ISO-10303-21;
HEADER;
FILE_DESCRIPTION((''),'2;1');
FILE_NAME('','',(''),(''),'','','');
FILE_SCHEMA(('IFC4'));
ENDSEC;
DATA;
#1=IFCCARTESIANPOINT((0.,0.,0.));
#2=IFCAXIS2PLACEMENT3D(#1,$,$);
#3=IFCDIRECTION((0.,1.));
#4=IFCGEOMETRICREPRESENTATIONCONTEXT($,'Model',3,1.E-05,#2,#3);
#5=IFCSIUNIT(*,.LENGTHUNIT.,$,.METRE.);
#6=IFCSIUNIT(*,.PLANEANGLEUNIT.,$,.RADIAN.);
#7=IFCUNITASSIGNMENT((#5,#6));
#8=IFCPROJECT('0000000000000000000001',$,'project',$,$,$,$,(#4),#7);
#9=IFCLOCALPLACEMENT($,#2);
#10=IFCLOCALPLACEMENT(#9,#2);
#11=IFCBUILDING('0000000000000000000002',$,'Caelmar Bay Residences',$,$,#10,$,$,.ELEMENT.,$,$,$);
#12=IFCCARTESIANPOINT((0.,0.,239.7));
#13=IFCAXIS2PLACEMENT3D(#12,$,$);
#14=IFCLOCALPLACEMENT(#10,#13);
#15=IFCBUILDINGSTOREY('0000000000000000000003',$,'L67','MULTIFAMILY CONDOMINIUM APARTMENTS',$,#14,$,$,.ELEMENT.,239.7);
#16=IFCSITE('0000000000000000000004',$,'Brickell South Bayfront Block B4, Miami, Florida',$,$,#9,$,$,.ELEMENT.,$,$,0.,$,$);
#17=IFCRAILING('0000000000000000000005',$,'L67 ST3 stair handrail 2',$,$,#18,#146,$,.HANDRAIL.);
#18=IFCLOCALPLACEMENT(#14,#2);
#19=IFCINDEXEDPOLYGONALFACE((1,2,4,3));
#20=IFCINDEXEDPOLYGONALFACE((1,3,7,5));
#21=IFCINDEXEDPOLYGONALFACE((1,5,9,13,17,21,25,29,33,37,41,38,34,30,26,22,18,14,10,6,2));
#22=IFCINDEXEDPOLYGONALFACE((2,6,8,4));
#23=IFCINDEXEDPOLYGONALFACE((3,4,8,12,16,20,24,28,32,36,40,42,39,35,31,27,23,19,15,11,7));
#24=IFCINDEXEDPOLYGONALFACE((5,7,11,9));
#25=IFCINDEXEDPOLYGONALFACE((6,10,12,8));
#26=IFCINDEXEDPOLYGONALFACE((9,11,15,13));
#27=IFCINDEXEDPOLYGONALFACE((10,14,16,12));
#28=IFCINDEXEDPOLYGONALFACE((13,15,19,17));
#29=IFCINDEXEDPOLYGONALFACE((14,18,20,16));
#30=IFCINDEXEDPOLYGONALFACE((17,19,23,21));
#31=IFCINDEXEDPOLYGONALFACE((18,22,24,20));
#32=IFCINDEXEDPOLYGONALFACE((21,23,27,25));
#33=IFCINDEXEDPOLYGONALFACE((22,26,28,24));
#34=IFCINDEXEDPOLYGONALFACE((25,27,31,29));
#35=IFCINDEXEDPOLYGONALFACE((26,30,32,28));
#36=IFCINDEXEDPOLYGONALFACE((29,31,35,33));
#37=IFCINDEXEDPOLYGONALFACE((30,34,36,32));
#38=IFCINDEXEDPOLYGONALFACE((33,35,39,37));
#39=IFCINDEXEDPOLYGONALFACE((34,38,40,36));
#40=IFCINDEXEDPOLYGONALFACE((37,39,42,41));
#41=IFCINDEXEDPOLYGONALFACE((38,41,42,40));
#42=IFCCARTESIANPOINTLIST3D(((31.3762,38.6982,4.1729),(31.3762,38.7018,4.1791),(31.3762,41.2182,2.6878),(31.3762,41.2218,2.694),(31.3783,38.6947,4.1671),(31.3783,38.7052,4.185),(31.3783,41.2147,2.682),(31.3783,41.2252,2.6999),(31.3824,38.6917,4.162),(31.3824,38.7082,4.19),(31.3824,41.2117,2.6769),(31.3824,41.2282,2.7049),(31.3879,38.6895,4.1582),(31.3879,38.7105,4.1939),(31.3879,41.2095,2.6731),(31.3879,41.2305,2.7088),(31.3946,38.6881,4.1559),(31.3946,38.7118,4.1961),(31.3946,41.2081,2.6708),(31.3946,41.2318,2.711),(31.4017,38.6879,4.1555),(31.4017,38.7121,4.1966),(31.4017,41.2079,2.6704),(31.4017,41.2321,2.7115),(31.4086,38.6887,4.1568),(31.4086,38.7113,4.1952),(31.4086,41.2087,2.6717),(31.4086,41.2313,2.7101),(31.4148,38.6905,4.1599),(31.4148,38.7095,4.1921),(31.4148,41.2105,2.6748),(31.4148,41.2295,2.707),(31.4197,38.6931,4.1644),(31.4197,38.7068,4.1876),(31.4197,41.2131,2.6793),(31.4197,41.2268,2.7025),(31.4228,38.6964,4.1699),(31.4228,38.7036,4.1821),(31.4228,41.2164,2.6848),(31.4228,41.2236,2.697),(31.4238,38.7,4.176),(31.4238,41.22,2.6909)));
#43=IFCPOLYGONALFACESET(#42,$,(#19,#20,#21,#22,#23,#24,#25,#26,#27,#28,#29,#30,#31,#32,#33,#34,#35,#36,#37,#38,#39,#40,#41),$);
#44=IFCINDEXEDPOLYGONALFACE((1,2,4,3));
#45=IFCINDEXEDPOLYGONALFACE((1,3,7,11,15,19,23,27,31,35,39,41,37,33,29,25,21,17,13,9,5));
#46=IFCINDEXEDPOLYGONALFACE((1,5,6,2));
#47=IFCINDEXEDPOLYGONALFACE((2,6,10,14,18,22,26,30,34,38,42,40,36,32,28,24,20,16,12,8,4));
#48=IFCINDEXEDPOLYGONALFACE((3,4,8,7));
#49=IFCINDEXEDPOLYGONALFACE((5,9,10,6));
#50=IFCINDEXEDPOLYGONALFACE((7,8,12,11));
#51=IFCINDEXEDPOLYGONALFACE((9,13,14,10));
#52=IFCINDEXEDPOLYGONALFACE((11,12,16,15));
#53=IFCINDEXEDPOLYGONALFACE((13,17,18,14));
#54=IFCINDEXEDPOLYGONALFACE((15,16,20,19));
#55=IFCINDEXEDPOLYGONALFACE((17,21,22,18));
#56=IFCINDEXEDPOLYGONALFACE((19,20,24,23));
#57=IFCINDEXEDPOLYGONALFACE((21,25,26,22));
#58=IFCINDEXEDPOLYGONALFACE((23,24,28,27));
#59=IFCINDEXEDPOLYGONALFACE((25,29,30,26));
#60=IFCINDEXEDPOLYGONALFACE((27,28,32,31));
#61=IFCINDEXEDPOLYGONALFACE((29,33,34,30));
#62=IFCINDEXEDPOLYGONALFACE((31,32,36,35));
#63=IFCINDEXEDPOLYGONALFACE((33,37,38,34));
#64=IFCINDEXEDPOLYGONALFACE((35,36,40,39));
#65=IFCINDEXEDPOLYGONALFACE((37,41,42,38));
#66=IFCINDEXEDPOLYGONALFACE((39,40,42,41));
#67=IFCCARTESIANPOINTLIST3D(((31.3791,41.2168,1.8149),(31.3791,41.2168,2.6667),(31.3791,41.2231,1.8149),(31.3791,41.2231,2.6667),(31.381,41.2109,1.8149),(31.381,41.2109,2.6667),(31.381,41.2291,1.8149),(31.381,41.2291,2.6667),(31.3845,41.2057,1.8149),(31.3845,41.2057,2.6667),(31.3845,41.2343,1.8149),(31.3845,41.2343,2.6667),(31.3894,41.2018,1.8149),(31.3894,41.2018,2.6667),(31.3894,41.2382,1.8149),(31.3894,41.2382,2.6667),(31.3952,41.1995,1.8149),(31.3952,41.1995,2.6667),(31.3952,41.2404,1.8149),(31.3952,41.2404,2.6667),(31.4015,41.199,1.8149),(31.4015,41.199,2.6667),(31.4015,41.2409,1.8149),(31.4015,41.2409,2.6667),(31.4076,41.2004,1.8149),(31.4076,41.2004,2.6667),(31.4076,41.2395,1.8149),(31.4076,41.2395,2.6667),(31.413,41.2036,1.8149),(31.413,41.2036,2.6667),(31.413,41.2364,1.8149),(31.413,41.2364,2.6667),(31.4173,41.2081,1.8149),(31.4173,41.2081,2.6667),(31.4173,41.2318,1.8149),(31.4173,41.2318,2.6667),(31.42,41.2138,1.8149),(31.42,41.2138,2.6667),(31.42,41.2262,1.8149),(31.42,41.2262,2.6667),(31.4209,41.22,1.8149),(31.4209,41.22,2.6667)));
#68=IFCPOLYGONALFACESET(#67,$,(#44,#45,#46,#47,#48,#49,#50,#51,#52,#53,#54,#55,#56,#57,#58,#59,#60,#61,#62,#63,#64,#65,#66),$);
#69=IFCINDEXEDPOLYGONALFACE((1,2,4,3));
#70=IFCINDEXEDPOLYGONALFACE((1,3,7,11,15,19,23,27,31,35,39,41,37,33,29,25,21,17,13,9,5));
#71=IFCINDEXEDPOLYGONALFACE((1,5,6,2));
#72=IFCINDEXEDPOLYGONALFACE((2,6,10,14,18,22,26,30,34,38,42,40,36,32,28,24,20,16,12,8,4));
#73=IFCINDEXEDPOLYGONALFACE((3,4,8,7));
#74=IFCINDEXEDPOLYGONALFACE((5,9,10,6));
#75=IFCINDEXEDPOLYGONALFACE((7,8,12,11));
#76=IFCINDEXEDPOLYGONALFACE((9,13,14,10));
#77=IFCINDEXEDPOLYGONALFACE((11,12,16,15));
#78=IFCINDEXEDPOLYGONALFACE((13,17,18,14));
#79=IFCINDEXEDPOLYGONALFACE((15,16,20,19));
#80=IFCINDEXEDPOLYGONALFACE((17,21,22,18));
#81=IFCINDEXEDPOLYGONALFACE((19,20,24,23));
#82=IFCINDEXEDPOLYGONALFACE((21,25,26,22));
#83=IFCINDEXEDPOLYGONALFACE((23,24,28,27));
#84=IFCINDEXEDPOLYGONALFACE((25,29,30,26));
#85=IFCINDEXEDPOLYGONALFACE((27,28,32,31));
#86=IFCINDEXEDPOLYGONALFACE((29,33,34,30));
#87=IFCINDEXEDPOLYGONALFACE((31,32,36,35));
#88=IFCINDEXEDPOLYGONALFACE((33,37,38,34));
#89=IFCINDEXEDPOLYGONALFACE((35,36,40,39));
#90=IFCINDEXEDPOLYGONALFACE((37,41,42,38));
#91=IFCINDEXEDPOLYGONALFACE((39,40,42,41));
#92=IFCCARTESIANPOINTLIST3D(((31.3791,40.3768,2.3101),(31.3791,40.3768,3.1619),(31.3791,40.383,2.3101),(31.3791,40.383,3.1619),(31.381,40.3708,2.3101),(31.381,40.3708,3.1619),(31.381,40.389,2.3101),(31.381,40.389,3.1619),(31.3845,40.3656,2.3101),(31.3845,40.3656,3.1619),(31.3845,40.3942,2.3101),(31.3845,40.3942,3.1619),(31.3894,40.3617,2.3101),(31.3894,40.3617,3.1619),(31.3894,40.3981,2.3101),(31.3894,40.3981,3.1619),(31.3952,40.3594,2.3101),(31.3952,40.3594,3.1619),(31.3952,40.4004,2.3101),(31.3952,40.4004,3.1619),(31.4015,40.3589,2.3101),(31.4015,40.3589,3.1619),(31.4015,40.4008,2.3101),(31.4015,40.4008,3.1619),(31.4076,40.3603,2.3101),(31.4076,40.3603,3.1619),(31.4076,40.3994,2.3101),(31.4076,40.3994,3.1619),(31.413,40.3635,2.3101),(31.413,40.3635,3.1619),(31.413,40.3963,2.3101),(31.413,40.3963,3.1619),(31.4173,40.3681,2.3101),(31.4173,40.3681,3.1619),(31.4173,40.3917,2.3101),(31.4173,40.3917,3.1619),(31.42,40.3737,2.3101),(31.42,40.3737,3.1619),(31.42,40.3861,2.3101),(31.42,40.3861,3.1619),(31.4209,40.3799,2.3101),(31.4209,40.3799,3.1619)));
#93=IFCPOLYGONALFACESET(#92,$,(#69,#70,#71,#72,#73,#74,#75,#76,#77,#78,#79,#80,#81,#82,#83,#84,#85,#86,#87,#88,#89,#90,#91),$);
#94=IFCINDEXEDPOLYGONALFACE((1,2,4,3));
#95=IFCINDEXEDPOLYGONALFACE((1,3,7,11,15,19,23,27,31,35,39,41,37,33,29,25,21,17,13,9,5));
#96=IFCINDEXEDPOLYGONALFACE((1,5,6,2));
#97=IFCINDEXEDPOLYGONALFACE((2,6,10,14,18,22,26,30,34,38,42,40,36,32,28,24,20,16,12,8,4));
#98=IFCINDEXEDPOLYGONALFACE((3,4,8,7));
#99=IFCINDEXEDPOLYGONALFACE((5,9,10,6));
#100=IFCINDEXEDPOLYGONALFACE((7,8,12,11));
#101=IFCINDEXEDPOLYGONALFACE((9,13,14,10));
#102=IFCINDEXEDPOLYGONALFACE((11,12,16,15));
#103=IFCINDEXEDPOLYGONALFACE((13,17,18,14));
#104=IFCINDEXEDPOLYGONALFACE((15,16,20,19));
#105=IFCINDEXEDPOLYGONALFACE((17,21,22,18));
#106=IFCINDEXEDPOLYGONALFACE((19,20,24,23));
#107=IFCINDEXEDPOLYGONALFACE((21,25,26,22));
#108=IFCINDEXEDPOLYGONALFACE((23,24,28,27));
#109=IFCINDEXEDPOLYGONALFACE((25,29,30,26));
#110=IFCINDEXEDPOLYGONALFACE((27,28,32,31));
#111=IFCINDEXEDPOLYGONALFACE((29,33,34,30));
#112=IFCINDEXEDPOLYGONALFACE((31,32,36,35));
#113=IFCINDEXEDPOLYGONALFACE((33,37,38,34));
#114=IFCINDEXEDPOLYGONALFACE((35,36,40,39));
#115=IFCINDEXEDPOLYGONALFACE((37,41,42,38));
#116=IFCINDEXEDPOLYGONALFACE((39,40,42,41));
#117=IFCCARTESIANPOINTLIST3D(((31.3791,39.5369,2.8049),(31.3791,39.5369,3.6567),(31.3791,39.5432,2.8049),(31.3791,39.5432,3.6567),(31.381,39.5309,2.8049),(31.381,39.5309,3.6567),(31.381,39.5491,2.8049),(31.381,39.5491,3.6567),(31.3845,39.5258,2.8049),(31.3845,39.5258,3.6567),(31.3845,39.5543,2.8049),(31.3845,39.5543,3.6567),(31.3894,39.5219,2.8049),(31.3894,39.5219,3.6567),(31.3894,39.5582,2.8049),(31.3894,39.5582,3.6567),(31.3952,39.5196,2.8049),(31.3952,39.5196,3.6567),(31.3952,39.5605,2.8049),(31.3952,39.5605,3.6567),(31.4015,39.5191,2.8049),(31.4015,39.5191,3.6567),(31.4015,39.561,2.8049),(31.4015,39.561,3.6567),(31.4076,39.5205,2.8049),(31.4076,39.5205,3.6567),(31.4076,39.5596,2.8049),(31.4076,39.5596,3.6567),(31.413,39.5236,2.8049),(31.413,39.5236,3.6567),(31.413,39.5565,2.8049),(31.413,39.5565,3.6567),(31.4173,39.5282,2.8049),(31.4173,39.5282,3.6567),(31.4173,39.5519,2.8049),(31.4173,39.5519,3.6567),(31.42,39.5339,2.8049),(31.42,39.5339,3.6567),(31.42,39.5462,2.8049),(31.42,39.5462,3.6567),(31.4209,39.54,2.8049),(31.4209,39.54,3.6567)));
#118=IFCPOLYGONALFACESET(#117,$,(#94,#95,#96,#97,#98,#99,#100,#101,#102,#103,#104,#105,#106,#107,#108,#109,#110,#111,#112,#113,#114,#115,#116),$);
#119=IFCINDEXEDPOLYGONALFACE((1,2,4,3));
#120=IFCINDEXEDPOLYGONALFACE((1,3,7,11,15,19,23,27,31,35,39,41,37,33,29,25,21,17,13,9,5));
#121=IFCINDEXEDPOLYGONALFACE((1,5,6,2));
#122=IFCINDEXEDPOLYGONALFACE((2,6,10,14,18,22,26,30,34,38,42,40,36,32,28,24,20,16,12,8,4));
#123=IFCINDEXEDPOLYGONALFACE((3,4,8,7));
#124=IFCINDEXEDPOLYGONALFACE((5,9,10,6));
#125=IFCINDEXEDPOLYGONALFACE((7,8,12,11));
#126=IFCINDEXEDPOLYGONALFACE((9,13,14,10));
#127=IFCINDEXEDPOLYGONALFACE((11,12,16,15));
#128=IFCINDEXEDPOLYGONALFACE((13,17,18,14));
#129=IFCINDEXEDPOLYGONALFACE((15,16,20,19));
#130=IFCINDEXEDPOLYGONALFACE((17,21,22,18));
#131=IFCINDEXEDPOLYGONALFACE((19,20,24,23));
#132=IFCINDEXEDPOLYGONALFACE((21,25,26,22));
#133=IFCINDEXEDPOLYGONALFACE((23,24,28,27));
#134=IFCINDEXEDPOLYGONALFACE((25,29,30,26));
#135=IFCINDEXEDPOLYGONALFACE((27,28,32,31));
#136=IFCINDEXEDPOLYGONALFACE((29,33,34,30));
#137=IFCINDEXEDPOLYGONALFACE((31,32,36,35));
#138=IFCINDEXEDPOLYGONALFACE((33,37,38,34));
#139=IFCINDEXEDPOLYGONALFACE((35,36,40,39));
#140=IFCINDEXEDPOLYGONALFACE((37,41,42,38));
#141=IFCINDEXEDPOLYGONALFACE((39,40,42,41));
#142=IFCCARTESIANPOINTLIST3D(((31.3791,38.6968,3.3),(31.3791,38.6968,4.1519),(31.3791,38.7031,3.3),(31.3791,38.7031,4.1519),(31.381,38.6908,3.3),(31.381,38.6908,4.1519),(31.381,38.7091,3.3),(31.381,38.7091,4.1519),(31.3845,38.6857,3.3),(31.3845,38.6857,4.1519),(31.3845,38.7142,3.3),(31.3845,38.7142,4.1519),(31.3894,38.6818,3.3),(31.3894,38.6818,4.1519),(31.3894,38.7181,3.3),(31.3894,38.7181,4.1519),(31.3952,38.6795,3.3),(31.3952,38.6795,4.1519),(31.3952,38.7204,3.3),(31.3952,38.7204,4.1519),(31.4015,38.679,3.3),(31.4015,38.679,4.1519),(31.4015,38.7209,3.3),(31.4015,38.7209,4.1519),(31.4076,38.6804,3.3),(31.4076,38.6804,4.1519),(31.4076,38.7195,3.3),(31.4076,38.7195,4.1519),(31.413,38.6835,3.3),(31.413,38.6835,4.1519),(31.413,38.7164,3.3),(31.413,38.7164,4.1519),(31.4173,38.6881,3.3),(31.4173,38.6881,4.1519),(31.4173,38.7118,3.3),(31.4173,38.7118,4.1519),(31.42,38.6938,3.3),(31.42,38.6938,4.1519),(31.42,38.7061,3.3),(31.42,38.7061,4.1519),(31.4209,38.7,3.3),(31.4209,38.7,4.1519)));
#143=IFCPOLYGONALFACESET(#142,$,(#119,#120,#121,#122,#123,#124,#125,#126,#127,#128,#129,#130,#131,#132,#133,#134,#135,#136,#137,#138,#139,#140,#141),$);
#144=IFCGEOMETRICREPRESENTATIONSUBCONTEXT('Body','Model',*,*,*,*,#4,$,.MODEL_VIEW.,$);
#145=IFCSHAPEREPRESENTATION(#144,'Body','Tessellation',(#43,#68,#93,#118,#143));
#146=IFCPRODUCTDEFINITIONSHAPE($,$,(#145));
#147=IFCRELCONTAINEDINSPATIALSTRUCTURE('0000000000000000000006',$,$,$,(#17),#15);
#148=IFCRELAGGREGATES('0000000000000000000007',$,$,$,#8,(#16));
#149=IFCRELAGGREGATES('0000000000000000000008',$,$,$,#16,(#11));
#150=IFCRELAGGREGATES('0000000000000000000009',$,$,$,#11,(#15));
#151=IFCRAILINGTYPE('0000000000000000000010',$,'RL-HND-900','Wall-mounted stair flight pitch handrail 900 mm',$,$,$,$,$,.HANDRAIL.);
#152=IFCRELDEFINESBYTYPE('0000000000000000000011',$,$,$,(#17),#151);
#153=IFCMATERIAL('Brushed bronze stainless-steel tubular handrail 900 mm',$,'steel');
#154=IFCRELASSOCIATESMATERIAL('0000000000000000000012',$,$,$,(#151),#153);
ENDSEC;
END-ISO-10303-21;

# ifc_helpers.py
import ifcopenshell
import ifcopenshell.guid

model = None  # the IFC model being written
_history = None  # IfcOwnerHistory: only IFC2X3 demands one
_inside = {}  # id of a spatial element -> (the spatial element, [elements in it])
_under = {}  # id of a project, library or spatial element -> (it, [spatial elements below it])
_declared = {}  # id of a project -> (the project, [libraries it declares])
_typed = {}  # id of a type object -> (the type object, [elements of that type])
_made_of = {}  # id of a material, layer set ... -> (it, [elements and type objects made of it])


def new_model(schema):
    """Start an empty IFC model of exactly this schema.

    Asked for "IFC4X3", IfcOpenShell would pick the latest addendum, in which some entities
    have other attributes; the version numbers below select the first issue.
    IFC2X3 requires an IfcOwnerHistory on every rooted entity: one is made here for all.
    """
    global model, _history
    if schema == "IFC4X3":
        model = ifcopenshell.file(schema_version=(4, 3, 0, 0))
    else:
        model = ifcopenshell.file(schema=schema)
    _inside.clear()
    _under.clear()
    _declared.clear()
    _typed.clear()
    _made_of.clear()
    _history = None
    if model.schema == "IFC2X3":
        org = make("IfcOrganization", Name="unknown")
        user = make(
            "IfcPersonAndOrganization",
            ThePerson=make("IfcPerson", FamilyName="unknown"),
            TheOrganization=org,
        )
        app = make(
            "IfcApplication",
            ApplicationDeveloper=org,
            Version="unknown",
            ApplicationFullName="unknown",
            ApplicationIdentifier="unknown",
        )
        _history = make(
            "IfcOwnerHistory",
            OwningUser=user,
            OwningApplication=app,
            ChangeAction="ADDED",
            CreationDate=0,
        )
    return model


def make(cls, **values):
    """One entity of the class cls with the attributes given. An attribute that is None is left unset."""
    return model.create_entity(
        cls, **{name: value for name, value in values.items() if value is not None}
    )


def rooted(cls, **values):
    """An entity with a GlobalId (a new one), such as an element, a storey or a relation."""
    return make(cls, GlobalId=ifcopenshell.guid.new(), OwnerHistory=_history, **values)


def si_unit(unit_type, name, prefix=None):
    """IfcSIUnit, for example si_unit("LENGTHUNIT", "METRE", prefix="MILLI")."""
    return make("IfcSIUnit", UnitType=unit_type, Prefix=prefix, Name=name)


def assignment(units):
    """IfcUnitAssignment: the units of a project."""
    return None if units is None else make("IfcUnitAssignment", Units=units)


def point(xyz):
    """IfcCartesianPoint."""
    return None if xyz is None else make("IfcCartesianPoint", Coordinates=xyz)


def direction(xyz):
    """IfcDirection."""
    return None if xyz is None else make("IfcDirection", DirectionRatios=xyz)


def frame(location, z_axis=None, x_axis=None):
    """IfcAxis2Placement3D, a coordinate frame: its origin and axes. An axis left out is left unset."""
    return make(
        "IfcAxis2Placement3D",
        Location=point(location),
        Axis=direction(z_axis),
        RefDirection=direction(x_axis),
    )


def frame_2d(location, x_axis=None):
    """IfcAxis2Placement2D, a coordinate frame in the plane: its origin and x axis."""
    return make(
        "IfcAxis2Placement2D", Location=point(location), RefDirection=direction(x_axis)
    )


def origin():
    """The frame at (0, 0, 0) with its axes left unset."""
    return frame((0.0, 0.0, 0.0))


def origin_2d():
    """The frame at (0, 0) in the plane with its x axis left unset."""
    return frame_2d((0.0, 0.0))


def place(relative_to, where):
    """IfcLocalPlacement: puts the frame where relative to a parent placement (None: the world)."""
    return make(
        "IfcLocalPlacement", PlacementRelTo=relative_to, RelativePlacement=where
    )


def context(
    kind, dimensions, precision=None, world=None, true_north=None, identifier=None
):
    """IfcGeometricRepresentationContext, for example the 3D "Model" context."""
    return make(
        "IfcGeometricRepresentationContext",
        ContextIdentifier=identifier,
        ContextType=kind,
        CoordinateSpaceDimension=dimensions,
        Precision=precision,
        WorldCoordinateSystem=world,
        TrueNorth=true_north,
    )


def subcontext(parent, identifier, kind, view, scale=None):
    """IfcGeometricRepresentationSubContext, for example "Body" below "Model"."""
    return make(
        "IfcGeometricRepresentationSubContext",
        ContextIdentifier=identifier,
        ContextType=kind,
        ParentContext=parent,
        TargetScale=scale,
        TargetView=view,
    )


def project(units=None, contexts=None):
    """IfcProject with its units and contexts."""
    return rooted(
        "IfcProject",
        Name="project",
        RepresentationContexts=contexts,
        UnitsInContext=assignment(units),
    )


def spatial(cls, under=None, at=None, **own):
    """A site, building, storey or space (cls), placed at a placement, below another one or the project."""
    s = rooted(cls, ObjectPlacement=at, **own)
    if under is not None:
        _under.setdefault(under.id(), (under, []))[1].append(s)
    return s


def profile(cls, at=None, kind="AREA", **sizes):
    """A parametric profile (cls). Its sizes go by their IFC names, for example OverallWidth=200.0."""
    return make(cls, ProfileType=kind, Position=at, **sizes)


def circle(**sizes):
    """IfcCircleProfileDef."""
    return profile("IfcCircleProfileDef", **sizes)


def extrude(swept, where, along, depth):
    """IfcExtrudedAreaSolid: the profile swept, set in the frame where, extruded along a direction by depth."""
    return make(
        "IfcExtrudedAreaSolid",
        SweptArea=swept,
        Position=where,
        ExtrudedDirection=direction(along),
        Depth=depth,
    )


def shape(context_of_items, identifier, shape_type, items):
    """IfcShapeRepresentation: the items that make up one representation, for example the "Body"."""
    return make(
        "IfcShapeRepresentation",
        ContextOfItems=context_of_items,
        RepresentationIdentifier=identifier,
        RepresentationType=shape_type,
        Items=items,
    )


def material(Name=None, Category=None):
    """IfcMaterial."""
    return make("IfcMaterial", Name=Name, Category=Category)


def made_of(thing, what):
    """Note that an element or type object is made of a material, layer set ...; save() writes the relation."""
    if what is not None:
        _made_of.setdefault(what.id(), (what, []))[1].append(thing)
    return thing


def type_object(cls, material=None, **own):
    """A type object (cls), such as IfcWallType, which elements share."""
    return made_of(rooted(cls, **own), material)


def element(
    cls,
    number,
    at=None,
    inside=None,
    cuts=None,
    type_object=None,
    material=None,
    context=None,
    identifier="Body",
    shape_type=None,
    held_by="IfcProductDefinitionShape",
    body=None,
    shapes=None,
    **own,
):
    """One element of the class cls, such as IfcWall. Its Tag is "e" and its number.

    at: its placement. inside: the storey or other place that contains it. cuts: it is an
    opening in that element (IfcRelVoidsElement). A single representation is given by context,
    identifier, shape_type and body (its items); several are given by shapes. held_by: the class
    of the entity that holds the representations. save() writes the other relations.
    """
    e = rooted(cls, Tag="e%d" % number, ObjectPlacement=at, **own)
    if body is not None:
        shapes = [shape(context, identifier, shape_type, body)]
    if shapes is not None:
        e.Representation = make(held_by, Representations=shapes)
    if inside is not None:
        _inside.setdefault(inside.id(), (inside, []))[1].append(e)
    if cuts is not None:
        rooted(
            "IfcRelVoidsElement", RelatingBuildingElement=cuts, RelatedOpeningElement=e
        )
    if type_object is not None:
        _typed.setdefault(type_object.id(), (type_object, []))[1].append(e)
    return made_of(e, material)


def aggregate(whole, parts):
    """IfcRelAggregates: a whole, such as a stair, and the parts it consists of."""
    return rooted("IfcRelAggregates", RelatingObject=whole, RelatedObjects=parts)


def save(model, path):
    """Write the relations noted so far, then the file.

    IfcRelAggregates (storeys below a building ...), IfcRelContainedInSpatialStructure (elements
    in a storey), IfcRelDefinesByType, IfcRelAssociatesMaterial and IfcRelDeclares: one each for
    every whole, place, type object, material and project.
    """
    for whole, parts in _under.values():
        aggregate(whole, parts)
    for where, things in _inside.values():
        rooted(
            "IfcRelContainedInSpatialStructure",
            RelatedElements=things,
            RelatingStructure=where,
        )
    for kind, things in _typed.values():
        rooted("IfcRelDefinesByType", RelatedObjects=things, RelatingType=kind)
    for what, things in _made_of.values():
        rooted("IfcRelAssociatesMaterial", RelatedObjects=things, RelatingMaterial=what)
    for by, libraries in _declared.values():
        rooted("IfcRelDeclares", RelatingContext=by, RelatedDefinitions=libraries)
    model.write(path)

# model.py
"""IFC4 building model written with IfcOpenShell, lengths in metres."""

from ifc_helpers import new_model, si_unit, direction, frame, origin, origin_2d, place, context, subcontext, project, spatial, circle, extrude, material, type_object, element, save


model = new_model("IFC4")

# Units and contexts
model_context = context("Model", 3, precision=1e-05, world=origin(), true_north=direction((0.0, 1.0)))
body_context = subcontext(model_context, "Body", "Model", "MODEL_VIEW")
ifc_project = project(units=[si_unit("LENGTHUNIT", "METRE"), si_unit("PLANEANGLEUNIT", "RADIAN")], contexts=[model_context])

# Site, building, storey
site_placement = place(None, origin())
site = spatial("IfcSite", under=ifc_project, at=site_placement, Name="Brickell South Bayfront Block B4, Miami, Florida", CompositionType="ELEMENT", RefElevation=0.0)
building_placement = place(site_placement, origin())
building = spatial("IfcBuilding", under=site, at=building_placement, Name="Caelmar Bay Residences", CompositionType="ELEMENT")
storey_placement = place(building_placement, frame((0.0, 0.0, 239.7)))
storey = spatial("IfcBuildingStorey", under=building, at=storey_placement, Name="L67", Description="MULTIFAMILY CONDOMINIUM APARTMENTS", CompositionType="ELEMENT", Elevation=239.7)

# Railing
ifc_material_1 = material(Name="Brushed bronze stainless-steel tubular handrail 900 mm", Category="steel")
railing_type_1 = type_object("IfcRailingType", Name="RL-HND-900", Description="Wall-mounted stair flight pitch handrail 900 mm", PredefinedType="HANDRAIL", material=ifc_material_1)
railing_1_placement = place(storey_placement, frame((31.3999, 41.22, 1.8149)))
element("IfcRailing", 1, at=railing_1_placement, inside=storey, type_object=railing_type_1, Name="L67 ST3 stair handrail 2", PredefinedType="HANDRAIL", context=body_context, shape_type="SweptSolid", body=[
    extrude(circle(Radius=0.0239, at=origin_2d()), frame((0.0, 0.0, 0.876), z_axis=(0.0, -0.861524, 0.507717), x_axis=(1.0, 0.0, 0.0)), (0.0, 0.0, 1.0), 2.925),
    extrude(circle(Radius=0.021, at=origin_2d()), origin(), (0.0, 0.0, 1.0), 0.8518),
    extrude(circle(Radius=0.021, at=origin_2d()), frame((0.0, -0.8401, 0.4951)), (0.0, 0.0, 1.0), 0.8518),
    extrude(circle(Radius=0.021, at=origin_2d()), frame((0.0, -1.6799, 0.99)), (0.0, 0.0, 1.0), 0.8518),
    extrude(circle(Radius=0.021, at=origin_2d()), frame((0.0, -2.52, 1.4851)), (0.0, 0.0, 1.0), 0.8518),
])

save(model, "model.ifc")
